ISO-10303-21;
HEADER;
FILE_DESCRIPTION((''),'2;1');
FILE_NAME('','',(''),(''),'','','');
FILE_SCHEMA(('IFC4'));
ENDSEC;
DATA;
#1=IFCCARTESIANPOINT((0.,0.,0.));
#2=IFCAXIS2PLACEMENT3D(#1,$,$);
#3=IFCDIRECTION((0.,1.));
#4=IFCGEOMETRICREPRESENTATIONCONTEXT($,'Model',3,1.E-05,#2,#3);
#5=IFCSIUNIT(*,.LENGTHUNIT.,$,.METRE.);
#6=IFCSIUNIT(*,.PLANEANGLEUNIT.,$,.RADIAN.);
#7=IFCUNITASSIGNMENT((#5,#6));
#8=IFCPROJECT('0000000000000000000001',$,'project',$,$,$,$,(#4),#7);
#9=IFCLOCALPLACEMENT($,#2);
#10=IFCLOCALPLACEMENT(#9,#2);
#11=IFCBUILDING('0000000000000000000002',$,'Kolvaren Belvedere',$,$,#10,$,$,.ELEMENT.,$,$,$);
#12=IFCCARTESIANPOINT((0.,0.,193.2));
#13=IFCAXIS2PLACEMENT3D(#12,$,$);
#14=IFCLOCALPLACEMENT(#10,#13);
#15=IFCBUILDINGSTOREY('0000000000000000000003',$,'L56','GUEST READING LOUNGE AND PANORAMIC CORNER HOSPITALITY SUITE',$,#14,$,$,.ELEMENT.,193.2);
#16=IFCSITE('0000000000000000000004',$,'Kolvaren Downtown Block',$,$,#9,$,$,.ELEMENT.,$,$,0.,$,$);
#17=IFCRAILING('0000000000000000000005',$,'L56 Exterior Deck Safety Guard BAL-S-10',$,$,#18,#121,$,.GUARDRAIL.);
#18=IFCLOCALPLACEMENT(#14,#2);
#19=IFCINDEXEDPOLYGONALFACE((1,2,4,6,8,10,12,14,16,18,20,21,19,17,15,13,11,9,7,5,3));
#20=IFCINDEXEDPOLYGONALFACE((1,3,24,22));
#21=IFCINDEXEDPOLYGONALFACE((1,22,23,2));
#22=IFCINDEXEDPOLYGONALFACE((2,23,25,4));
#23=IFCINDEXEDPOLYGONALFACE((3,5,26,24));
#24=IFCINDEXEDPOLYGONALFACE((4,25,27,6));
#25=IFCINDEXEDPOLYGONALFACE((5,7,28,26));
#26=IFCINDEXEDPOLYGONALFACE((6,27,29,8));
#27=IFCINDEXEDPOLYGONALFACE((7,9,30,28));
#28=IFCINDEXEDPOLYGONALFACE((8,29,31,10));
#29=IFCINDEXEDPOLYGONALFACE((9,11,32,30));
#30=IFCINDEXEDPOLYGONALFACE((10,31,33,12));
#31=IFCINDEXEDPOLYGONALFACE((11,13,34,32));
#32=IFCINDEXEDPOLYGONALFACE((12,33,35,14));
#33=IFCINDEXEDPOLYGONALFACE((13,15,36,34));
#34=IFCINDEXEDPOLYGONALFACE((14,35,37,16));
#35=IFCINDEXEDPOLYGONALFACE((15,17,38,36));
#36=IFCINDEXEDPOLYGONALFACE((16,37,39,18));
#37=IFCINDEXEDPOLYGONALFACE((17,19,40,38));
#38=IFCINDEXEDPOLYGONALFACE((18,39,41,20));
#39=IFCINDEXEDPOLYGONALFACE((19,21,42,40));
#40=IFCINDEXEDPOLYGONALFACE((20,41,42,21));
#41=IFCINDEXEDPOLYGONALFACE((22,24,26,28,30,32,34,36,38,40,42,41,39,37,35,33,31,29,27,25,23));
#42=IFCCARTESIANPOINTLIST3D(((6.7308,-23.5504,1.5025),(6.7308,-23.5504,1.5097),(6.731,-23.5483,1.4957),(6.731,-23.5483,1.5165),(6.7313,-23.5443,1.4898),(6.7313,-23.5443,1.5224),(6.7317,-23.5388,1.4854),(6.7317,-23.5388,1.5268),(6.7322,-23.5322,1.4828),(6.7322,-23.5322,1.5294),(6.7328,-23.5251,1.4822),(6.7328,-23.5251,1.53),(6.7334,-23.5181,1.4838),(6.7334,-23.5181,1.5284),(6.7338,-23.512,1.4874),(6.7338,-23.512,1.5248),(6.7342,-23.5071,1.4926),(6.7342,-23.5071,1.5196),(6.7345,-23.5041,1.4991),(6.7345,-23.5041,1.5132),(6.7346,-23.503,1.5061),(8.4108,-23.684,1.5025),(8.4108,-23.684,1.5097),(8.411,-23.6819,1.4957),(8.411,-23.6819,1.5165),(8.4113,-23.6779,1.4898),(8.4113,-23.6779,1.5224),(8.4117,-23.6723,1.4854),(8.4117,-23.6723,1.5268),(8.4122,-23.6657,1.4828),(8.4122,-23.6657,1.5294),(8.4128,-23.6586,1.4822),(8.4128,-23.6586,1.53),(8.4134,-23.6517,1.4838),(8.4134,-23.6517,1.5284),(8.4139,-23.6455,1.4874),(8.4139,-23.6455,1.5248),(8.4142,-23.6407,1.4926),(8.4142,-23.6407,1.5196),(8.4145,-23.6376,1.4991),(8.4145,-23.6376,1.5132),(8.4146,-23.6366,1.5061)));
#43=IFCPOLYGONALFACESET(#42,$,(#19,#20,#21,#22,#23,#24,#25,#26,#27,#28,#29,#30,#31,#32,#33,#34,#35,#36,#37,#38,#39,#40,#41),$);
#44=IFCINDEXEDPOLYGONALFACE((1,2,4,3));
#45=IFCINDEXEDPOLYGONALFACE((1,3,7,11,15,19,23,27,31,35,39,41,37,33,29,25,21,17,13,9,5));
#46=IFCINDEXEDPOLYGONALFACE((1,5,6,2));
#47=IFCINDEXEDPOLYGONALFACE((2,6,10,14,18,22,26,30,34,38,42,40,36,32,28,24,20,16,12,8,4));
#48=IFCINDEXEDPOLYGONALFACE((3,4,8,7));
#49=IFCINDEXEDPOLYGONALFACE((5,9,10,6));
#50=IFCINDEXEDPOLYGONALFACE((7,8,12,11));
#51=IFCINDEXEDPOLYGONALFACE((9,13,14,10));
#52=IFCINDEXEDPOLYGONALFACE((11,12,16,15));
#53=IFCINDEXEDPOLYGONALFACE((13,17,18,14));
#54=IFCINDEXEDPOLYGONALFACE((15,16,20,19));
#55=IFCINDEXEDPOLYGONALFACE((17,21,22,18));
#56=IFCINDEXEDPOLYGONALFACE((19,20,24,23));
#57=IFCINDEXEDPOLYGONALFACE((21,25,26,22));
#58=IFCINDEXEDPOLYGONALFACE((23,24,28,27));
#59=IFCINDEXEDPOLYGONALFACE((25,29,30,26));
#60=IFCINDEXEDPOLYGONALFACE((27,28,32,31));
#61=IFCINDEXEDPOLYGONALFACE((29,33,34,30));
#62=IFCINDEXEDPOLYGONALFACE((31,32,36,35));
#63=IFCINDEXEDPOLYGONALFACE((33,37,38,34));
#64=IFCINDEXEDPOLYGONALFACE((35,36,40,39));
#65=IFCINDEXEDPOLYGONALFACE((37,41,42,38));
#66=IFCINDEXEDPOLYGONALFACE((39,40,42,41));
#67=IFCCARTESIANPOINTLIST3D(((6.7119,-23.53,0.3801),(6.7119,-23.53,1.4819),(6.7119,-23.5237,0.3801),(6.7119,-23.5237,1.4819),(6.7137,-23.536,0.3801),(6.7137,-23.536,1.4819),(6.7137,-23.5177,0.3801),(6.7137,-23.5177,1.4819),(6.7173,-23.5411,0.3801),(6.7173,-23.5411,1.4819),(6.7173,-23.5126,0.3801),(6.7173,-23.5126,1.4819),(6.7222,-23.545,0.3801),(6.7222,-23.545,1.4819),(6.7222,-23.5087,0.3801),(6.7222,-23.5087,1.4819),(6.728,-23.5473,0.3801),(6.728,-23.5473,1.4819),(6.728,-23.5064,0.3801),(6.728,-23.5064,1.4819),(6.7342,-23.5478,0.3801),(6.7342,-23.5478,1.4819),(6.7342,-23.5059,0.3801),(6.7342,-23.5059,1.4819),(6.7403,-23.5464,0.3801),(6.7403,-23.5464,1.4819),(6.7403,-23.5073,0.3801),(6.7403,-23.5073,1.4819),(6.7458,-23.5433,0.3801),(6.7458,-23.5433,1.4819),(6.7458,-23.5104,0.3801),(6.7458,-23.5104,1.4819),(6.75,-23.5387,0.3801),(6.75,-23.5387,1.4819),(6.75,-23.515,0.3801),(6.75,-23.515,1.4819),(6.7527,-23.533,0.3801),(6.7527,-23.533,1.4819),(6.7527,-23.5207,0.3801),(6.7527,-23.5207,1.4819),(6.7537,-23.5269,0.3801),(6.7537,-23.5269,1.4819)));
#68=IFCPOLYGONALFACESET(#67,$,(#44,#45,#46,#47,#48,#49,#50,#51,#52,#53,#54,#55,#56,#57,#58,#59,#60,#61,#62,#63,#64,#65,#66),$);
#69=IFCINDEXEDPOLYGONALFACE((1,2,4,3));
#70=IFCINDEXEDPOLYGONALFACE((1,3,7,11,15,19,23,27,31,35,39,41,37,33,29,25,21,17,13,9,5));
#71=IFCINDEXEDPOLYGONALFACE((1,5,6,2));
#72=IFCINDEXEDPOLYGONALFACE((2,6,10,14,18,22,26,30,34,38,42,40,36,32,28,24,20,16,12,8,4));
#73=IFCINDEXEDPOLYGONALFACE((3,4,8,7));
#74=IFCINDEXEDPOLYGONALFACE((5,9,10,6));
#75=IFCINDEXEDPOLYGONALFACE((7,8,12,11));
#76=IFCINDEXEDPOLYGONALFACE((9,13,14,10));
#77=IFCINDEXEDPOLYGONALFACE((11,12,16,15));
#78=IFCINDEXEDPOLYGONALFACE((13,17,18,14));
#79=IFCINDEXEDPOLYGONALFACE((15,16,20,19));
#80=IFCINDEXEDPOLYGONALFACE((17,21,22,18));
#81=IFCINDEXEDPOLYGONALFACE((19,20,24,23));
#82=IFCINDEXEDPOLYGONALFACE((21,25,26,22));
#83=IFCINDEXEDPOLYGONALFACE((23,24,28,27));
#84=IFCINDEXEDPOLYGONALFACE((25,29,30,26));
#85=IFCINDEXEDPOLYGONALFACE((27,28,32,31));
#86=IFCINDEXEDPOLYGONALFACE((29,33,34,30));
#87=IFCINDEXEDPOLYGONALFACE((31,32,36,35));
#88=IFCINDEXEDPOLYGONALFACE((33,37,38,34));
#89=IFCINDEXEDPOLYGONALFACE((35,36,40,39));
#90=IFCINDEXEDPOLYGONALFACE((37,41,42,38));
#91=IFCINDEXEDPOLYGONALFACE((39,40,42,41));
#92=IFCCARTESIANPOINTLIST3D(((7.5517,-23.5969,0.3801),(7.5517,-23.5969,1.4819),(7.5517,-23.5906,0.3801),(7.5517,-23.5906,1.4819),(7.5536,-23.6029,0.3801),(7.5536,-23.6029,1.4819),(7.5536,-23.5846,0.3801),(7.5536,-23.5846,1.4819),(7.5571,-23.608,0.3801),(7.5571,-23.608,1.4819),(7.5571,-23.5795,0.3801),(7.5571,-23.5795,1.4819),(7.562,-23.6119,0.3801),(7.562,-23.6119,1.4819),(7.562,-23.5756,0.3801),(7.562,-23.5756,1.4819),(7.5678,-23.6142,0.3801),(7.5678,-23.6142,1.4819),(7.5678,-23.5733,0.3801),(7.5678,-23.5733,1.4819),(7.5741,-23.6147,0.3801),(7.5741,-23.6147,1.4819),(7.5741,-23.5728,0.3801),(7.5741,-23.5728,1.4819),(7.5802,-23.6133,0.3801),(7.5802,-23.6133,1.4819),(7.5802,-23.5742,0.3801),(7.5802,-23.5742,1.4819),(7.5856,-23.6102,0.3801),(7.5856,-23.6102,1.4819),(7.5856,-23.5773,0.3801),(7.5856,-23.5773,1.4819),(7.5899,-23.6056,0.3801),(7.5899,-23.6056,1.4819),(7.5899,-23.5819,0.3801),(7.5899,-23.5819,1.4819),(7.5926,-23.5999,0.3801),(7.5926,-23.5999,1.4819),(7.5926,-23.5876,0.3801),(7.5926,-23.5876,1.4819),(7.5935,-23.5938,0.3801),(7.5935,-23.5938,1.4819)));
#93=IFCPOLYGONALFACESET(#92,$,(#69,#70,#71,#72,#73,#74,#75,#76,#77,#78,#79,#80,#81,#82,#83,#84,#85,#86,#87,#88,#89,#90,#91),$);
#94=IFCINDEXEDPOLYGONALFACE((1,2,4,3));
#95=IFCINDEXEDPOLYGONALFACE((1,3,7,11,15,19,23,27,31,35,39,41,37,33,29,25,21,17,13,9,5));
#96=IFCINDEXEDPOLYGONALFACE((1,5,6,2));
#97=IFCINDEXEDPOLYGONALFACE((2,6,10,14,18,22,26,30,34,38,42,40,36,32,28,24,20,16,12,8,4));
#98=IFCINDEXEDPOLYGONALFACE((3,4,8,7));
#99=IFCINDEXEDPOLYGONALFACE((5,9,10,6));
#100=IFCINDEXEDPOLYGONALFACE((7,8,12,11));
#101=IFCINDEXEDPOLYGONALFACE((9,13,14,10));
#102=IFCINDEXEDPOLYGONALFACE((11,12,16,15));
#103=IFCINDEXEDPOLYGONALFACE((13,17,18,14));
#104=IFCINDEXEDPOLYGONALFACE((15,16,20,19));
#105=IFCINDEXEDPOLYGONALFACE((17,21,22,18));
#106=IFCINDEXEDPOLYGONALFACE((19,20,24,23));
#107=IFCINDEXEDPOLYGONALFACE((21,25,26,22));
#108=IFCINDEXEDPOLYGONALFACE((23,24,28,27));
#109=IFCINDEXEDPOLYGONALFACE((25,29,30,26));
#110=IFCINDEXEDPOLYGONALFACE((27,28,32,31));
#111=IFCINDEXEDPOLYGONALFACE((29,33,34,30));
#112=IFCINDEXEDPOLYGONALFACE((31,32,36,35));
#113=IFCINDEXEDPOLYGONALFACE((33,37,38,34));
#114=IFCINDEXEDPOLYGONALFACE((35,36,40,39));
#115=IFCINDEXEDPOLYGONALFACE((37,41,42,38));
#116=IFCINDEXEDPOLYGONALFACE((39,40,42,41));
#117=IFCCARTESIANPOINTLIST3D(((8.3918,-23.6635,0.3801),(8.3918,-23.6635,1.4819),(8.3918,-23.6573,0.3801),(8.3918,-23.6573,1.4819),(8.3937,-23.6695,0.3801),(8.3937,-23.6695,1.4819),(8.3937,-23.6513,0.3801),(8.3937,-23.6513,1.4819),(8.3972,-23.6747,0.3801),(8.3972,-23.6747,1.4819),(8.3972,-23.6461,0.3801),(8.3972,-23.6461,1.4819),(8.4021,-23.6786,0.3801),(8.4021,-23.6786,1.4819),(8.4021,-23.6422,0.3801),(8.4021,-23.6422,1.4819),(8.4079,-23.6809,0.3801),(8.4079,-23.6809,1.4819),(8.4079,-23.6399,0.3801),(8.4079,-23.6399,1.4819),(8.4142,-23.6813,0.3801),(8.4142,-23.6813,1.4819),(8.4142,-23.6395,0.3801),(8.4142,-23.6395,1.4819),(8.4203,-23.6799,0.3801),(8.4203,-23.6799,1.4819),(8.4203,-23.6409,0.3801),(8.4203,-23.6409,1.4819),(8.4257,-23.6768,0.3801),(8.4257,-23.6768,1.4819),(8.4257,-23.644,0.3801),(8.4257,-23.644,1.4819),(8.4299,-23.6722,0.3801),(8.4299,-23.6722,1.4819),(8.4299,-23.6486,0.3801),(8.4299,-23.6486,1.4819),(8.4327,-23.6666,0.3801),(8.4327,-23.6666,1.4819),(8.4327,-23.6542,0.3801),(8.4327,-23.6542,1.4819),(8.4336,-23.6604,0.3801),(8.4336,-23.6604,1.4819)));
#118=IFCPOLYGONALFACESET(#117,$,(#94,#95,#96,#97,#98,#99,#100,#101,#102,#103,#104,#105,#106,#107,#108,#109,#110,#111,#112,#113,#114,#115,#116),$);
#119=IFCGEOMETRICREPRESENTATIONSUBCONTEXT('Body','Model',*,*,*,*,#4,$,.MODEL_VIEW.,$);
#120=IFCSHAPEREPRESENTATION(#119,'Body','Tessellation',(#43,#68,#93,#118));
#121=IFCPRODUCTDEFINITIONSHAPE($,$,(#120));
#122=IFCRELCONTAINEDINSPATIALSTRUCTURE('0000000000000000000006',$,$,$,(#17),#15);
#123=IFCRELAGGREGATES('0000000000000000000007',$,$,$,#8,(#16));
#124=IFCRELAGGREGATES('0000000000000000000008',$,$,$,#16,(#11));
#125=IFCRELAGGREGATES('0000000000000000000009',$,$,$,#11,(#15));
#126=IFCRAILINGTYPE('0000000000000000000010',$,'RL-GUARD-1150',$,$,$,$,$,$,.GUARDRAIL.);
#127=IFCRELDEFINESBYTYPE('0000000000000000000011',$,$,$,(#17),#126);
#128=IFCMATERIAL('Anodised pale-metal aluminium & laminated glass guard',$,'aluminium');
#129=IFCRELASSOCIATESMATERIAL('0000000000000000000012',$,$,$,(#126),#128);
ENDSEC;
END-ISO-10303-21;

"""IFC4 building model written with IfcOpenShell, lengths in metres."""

from ifc_helpers import new_model, si_unit, direction, frame, origin, origin_2d, place, context, subcontext, project, spatial, circle, extrude, material, type_object, element, save


model = new_model("IFC4")

# Units and contexts
model_context = context("Model", 3, precision=1e-05, world=origin(), true_north=direction((0.0, 1.0)))
body_context = subcontext(model_context, "Body", "Model", "MODEL_VIEW")
ifc_project = project(units=[si_unit("LENGTHUNIT", "METRE"), si_unit("PLANEANGLEUNIT", "RADIAN")], contexts=[model_context])

# Site, building, storey
site_placement = place(None, origin())
site = spatial("IfcSite", under=ifc_project, at=site_placement, Name="Kolvaren Downtown Block", CompositionType="ELEMENT", RefElevation=0.0)
building_placement = place(site_placement, origin())
building = spatial("IfcBuilding", under=site, at=building_placement, Name="Kolvaren Belvedere", CompositionType="ELEMENT")
storey_placement = place(building_placement, frame((0.0, 0.0, 193.2)))
storey = spatial("IfcBuildingStorey", under=building, at=storey_placement, Name="L56", Description="GUEST READING LOUNGE AND PANORAMIC CORNER HOSPITALITY SUITE", CompositionType="ELEMENT", Elevation=193.2)

# Railing
ifc_material_1 = material(Name="Anodised pale-metal aluminium & laminated glass guard", Category="aluminium")
railing_type = type_object("IfcRailingType", Name="RL-GUARD-1150", PredefinedType="GUARDRAIL", material=ifc_material_1)
railing_1_placement = place(storey_placement, frame((6.7327, -23.5269, 0.3801)))
element("IfcRailing", 1, at=railing_1_placement, inside=storey, type_object=railing_type, Name="L56 Exterior Deck Safety Guard BAL-S-10", PredefinedType="GUARDRAIL", context=body_context, shape_type="SweptSolid", body=[
    extrude(circle(Radius=0.0239, at=origin_2d()), frame((0.0, 0.0, 1.126), z_axis=(0.996855, -0.079244, 0.0), x_axis=(0.079244, 0.996855, 0.0)), (0.0, 0.0, 1.0), 1.6853),
    extrude(circle(Radius=0.021, at=origin_2d()), origin(), (0.0, 0.0, 1.0), 1.1018),
    extrude(circle(Radius=0.021, at=origin_2d()), frame((0.8398, -0.0669, 0.0)), (0.0, 0.0, 1.0), 1.1018),
    extrude(circle(Radius=0.021, at=origin_2d()), frame((1.6799, -0.1335, 0.0)), (0.0, 0.0, 1.0), 1.1018),
])

save(model, "model.ifc")
